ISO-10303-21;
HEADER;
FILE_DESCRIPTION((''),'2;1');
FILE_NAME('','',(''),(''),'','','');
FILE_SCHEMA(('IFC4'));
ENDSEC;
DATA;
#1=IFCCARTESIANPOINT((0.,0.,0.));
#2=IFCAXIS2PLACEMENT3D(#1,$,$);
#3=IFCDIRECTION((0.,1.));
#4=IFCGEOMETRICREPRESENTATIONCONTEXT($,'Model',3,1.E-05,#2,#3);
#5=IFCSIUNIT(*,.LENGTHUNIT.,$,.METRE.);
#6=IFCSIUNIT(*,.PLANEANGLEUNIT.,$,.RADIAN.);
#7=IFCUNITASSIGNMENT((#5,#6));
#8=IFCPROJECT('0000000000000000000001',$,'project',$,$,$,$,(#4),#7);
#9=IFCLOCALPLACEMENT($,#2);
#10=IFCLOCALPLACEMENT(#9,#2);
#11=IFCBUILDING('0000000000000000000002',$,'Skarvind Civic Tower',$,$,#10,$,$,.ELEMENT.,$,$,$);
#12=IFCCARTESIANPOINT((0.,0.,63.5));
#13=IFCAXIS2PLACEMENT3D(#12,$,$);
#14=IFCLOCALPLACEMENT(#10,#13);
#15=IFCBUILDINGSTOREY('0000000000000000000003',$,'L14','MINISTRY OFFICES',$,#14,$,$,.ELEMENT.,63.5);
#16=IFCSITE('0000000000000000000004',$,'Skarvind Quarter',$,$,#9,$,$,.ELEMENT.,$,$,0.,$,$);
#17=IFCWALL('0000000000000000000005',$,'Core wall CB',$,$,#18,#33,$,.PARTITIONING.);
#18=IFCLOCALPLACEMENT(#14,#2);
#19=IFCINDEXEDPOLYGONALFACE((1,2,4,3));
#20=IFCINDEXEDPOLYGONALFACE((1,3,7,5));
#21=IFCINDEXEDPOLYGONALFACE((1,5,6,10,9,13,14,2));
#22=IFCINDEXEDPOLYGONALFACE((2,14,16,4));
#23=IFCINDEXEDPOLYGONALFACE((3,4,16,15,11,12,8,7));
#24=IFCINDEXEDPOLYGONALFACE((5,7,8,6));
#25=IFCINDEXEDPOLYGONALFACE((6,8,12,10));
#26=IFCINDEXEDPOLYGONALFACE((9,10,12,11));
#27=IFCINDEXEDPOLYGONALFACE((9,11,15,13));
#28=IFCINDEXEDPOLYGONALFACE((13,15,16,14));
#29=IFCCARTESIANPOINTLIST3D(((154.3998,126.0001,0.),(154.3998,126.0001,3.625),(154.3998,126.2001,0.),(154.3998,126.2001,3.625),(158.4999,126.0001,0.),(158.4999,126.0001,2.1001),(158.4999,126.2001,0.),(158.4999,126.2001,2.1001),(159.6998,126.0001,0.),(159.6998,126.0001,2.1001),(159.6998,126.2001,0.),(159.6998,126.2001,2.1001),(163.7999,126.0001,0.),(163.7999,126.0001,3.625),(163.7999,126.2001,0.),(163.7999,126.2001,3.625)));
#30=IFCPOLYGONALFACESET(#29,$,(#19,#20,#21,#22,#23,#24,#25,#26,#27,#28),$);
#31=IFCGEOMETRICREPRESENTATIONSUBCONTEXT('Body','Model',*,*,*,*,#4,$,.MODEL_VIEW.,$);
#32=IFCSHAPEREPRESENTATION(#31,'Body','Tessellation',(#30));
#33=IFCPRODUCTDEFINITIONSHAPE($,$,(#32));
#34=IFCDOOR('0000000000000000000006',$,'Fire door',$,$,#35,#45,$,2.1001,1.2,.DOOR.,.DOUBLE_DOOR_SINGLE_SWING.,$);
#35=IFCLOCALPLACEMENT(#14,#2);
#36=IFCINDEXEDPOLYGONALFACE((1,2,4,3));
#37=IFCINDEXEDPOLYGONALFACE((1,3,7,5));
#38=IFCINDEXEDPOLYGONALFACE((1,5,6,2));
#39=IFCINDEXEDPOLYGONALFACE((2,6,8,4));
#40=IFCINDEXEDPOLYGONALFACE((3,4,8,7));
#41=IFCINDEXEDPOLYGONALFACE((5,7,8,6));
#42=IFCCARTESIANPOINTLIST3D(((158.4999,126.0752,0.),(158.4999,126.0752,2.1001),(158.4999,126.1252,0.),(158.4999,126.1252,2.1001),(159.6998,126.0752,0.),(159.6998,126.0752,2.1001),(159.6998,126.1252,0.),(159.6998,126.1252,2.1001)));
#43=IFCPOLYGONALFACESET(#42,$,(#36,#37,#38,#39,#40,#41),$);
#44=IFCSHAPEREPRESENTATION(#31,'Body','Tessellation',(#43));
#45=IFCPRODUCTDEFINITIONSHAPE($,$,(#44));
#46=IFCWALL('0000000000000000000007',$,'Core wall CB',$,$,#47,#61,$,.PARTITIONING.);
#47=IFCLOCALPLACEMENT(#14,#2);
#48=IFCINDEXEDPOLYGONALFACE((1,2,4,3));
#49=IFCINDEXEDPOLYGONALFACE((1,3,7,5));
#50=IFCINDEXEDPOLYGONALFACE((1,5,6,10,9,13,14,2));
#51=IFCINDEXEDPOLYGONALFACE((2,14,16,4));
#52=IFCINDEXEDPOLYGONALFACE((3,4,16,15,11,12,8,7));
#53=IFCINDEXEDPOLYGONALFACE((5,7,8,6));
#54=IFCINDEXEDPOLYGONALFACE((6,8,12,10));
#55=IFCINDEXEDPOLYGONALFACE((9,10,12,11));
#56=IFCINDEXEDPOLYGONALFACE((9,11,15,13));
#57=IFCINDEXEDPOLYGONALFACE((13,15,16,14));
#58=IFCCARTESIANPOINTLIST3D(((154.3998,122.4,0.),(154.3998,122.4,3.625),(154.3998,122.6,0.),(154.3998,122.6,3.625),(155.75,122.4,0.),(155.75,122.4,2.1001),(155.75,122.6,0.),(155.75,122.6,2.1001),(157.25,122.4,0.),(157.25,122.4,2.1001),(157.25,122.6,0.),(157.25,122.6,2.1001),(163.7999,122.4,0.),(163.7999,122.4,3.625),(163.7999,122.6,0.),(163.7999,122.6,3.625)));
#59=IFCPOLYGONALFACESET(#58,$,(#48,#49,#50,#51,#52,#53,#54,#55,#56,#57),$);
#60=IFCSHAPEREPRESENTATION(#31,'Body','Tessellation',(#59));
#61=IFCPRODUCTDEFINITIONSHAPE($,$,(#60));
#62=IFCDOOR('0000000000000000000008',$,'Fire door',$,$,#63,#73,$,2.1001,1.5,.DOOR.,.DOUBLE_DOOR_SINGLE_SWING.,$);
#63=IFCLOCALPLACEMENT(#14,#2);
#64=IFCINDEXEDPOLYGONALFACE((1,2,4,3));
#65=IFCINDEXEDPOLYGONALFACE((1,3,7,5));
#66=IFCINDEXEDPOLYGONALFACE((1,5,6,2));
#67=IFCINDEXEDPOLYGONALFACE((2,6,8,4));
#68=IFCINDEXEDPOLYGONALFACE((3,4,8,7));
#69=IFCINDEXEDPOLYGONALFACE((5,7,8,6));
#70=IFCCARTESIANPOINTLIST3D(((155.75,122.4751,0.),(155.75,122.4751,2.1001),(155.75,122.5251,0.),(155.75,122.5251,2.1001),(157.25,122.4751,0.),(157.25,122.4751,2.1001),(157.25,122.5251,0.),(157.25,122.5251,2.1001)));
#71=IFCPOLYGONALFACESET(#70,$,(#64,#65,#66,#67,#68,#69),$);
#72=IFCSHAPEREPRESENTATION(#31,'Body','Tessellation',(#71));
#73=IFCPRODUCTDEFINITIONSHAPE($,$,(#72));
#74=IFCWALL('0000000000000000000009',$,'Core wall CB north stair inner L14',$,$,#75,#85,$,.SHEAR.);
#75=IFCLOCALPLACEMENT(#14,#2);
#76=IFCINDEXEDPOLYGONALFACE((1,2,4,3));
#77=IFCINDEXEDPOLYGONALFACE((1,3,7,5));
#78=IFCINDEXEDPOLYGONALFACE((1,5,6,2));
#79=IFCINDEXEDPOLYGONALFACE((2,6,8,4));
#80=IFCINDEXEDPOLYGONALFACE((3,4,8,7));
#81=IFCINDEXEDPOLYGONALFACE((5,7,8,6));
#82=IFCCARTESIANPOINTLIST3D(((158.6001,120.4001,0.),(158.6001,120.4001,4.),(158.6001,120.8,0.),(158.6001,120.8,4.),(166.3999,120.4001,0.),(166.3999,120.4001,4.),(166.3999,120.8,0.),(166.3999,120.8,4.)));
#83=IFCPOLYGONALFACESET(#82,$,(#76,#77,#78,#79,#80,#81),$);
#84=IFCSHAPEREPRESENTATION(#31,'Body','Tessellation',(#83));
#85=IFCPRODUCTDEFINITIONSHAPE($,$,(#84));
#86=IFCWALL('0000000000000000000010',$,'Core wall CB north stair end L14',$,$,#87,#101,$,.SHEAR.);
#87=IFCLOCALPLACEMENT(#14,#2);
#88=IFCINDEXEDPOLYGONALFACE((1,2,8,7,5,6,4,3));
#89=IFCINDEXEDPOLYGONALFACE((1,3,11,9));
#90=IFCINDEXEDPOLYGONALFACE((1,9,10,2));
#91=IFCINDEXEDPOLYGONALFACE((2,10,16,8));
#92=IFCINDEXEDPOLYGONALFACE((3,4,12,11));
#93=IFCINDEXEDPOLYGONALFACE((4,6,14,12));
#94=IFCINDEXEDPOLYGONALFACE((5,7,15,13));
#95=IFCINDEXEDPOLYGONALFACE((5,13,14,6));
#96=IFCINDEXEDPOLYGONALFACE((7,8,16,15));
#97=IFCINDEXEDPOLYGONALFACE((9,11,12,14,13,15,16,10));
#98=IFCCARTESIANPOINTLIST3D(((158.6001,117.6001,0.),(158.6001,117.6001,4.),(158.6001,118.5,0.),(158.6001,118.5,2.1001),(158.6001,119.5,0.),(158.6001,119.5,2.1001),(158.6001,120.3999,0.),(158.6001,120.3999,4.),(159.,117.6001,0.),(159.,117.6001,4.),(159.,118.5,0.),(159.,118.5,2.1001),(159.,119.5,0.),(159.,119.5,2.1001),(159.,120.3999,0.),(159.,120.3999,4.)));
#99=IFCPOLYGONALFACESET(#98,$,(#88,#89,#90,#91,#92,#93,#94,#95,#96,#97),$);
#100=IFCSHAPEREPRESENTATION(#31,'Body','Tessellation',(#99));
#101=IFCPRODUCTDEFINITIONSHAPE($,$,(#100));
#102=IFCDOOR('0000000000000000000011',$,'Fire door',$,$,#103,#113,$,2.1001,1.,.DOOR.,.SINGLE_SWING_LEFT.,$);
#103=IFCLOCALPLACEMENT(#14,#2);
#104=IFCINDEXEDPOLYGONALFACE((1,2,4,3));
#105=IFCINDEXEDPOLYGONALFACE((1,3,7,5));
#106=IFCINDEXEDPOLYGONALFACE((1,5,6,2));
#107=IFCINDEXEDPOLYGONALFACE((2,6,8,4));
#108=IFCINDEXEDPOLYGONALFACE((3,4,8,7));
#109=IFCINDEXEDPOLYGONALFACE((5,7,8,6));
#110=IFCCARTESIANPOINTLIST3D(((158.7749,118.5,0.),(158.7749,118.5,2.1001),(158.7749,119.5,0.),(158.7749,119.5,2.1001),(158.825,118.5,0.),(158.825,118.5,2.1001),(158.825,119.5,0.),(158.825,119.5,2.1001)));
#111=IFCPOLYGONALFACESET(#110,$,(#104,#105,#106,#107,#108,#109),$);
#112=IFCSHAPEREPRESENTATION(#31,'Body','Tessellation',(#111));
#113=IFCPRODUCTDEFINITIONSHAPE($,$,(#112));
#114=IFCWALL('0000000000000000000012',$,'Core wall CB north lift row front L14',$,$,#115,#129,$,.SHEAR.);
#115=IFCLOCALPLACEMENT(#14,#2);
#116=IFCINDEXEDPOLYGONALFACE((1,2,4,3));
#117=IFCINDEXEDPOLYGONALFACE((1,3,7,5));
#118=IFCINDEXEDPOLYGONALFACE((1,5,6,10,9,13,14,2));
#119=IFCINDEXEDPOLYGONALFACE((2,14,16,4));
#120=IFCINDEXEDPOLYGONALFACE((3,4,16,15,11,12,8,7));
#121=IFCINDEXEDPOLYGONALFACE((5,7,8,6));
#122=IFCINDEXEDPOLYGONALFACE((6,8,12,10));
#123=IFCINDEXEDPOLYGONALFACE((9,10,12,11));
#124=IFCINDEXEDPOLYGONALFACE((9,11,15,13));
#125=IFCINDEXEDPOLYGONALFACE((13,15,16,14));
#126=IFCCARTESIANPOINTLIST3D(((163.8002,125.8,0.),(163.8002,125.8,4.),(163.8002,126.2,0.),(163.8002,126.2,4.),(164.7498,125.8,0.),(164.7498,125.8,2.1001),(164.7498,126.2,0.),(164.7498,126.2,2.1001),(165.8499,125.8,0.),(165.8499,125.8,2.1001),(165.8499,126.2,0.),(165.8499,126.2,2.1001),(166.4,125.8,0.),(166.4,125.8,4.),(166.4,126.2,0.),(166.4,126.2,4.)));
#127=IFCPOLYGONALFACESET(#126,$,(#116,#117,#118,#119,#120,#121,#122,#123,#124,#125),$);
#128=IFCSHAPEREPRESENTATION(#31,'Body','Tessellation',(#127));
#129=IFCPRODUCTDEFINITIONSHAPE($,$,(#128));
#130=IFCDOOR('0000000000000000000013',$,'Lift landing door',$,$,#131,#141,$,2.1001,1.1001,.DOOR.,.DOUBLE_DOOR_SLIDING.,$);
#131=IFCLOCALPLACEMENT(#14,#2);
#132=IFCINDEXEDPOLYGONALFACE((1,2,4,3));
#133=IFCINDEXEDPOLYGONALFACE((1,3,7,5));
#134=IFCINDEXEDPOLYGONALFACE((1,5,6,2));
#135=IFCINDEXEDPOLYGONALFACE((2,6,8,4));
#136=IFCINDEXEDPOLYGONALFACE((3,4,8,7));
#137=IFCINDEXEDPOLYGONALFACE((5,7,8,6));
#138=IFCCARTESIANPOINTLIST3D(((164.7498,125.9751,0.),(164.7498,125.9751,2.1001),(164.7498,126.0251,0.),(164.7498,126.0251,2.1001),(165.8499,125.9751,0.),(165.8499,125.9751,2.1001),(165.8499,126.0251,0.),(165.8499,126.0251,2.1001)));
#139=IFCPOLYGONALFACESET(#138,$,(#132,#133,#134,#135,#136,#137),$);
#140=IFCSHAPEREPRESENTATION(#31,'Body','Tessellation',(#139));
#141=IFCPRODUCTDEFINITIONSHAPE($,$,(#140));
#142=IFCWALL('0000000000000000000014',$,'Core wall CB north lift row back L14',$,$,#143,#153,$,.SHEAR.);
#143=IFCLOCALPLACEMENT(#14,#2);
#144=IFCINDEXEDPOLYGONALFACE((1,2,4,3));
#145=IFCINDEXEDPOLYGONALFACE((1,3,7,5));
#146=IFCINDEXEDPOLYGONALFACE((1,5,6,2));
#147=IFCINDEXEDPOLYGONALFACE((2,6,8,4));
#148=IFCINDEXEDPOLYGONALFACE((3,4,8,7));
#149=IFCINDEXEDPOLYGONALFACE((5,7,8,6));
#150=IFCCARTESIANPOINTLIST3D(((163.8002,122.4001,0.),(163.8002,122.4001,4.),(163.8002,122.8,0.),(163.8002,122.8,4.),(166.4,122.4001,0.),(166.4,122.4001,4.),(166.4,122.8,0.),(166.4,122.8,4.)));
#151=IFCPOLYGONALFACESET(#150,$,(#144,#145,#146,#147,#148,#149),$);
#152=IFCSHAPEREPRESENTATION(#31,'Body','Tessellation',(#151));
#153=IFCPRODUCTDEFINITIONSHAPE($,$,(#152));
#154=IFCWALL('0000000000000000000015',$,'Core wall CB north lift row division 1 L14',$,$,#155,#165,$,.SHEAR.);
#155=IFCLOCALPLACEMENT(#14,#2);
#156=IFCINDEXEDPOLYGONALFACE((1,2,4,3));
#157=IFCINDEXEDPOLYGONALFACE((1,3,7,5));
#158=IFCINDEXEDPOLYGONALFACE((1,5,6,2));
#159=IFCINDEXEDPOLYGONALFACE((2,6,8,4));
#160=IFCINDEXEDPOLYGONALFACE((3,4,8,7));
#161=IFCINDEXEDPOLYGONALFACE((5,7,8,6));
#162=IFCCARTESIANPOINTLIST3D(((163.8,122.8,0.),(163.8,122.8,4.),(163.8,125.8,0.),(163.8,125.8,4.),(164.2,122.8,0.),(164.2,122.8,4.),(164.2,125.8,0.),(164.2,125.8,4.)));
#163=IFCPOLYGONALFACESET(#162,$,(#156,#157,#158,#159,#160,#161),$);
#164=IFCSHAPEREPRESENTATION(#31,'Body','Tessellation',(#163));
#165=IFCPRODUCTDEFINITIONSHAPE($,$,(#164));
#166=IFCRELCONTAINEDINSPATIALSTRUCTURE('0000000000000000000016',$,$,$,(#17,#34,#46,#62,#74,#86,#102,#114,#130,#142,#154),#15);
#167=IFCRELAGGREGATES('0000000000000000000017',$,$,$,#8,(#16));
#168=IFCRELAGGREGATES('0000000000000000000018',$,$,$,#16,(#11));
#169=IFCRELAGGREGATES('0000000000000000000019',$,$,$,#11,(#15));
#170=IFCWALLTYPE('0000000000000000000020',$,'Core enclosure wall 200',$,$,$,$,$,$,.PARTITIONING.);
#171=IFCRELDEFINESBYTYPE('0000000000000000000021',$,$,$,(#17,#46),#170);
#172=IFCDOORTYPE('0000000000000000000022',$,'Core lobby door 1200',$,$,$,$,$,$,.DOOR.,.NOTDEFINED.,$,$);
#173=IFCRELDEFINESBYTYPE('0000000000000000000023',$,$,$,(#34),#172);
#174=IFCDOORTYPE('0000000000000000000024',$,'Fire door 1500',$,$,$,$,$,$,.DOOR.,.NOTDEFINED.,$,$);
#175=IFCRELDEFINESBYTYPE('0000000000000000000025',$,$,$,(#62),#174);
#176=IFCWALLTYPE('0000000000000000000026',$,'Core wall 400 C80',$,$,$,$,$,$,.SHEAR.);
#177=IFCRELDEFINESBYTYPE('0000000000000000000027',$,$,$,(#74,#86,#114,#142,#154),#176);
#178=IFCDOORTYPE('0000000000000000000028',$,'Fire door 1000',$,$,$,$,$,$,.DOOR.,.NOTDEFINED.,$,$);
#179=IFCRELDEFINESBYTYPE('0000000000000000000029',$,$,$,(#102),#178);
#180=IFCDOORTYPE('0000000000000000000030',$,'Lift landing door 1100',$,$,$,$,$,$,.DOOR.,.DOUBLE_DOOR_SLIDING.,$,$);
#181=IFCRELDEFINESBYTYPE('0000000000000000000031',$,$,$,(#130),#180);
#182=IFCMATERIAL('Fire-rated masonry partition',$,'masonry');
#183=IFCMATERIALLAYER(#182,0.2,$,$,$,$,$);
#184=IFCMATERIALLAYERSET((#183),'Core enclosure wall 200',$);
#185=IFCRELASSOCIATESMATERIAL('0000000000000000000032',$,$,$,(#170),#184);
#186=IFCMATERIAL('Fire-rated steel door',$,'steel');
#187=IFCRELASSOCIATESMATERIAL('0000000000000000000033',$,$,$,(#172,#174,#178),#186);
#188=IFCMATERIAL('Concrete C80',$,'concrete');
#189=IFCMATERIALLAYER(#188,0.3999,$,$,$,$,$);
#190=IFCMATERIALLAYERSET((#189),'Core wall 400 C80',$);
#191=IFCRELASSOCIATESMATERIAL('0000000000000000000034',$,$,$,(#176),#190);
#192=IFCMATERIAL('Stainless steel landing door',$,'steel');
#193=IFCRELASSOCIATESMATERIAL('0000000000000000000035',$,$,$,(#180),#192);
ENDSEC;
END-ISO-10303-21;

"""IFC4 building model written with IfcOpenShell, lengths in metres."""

from ifc_helpers import new_model, si_unit, direction, frame, frame_2d, origin, place, context, subcontext, project, spatial, rectangle, extrude, material, layer, layer_set, type_object, element, fill, save


model = new_model("IFC4")

# Units and contexts
model_context = context("Model", 3, precision=1e-05, world=origin(), true_north=direction((0.0, 1.0)))
body_context = subcontext(model_context, "Body", "Model", "MODEL_VIEW")
ifc_project = project(units=[si_unit("LENGTHUNIT", "METRE"), si_unit("PLANEANGLEUNIT", "RADIAN")], contexts=[model_context])

# Site, building, storey
site_placement = place(None, origin())
site = spatial("IfcSite", under=ifc_project, at=site_placement, Name="Skarvind Quarter", CompositionType="ELEMENT", RefElevation=0.0)
building_placement = place(site_placement, origin())
building = spatial("IfcBuilding", under=site, at=building_placement, Name="Skarvind Civic Tower", CompositionType="ELEMENT")
storey_placement = place(building_placement, frame((0.0, 0.0, 63.5)))
storey = spatial("IfcBuildingStorey", under=building, at=storey_placement, Name="L14", Description="MINISTRY OFFICES", CompositionType="ELEMENT", Elevation=63.5)

# Walls, openings, doors
ifc_material_1 = material(Name="Fire-rated masonry partition", Category="masonry")
ifc_layer_1 = layer(ifc_material_1, 0.2)
ifc_layer_set_1 = layer_set([ifc_layer_1], Name="Core enclosure wall 200")
wall_type_1 = type_object("IfcWallType", Name="Core enclosure wall 200", PredefinedType="PARTITIONING", material=ifc_layer_set_1)
wall_1_placement = place(storey_placement, frame((163.8, 126.1001, 0.0), z_axis=(0.0, 0.0, 1.0), x_axis=(-1.0, 0.0, 0.0)))
wall_1 = element("IfcWall", 1, at=wall_1_placement, inside=storey, type_object=wall_type_1, Name="Core wall CB", PredefinedType="PARTITIONING", context=body_context, shape_type="SweptSolid", body=[
    extrude(rectangle(XDim=9.4001, YDim=0.2, at=frame_2d((4.7002, 0.0))), origin(), (0.0, 0.0, 1.0), 3.625),
])
opening_1_placement = place(wall_1_placement, frame((4.1001, 0.0, 0.0)))
opening_1 = element("IfcOpeningElement", 2, at=opening_1_placement, cuts=wall_1, PredefinedType="OPENING", context=body_context, shape_type="SweptSolid", body=[
    extrude(rectangle(XDim=1.2, YDim=2.1001, at=frame_2d((0.6001, 1.05))), frame((0.0, 0.1099, 0.0), z_axis=(0.0, -1.0, 0.0), x_axis=(1.0, 0.0, 0.0)), (0.0, 0.0, 1.0), 0.22),
])
ifc_material_2 = material(Name="Fire-rated steel door", Category="steel")
door_type_1 = type_object("IfcDoorType", Name="Core lobby door 1200", OperationType="NOTDEFINED", PredefinedType="DOOR", material=ifc_material_2)
door_1_placement = place(opening_1_placement, origin())
door_1 = element("IfcDoor", 3, at=door_1_placement, inside=storey, type_object=door_type_1, Name="Fire door", OperationType="DOUBLE_DOOR_SINGLE_SWING", OverallHeight=2.1001, OverallWidth=1.2, PredefinedType="DOOR", context=body_context, shape_type="SweptSolid", body=[
    extrude(rectangle(XDim=1.2, YDim=2.1001, at=frame_2d((0.6001, 1.05))), frame((0.0, 0.0249, 0.0), z_axis=(0.0, -1.0, 0.0), x_axis=(1.0, 0.0, 0.0)), (0.0, 0.0, 1.0), 0.05),
])
fill(opening_1, door_1)
wall_2_placement = place(storey_placement, frame((163.8, 122.5, 0.0), z_axis=(0.0, 0.0, 1.0), x_axis=(-1.0, 0.0, 0.0)))
wall_2 = element("IfcWall", 4, at=wall_2_placement, inside=storey, type_object=wall_type_1, Name="Core wall CB", PredefinedType="PARTITIONING", context=body_context, shape_type="SweptSolid", body=[
    extrude(rectangle(XDim=9.4001, YDim=0.2, at=frame_2d((4.7002, 0.0))), origin(), (0.0, 0.0, 1.0), 3.625),
])
opening_2_placement = place(wall_2_placement, frame((6.55, 0.0, 0.0)))
opening_2 = element("IfcOpeningElement", 5, at=opening_2_placement, cuts=wall_2, PredefinedType="OPENING", context=body_context, shape_type="SweptSolid", body=[
    extrude(rectangle(XDim=1.5, YDim=2.1001, at=frame_2d((0.75, 1.05))), frame((0.0, 0.1099, 0.0), z_axis=(0.0, -1.0, 0.0), x_axis=(1.0, 0.0, 0.0)), (0.0, 0.0, 1.0), 0.22),
])
door_type_2 = type_object("IfcDoorType", Name="Fire door 1500", OperationType="NOTDEFINED", PredefinedType="DOOR", material=ifc_material_2)
door_2_placement = place(opening_2_placement, origin())
door_2 = element("IfcDoor", 6, at=door_2_placement, inside=storey, type_object=door_type_2, Name="Fire door", OperationType="DOUBLE_DOOR_SINGLE_SWING", OverallHeight=2.1001, OverallWidth=1.5, PredefinedType="DOOR", context=body_context, shape_type="SweptSolid", body=[
    extrude(rectangle(XDim=1.5, YDim=2.1001, at=frame_2d((0.75, 1.05))), frame((0.0, 0.0249, 0.0), z_axis=(0.0, -1.0, 0.0), x_axis=(1.0, 0.0, 0.0)), (0.0, 0.0, 1.0), 0.05),
])
fill(opening_2, door_2)

# Wall
ifc_material_3 = material(Name="Concrete C80", Category="concrete")
ifc_layer_2 = layer(ifc_material_3, 0.3999)
ifc_layer_set_2 = layer_set([ifc_layer_2], Name="Core wall 400 C80")
wall_type_2 = type_object("IfcWallType", Name="Core wall 400 C80", PredefinedType="SHEAR", material=ifc_layer_set_2)
wall_3_placement = place(storey_placement, frame((166.3999, 120.6001, 0.0), z_axis=(0.0, 0.0, 1.0), x_axis=(-1.0, 0.0, 0.0)))
element("IfcWall", 7, at=wall_3_placement, inside=storey, type_object=wall_type_2, Name="Core wall CB north stair inner L14", PredefinedType="SHEAR", context=body_context, shape_type="SweptSolid", body=[
    extrude(rectangle(XDim=7.7998, YDim=0.3999, at=frame_2d((3.8999, 0.0))), origin(), (0.0, 0.0, 1.0), 4.0),
])

# Walls, openings, doors
wall_4_placement = place(storey_placement, frame((158.8, 120.3999, 0.0), z_axis=(0.0, 0.0, 1.0), x_axis=(0.0, -1.0, 0.0)))
wall_4 = element("IfcWall", 8, at=wall_4_placement, inside=storey, type_object=wall_type_2, Name="Core wall CB north stair end L14", PredefinedType="SHEAR", context=body_context, shape_type="SweptSolid", body=[
    extrude(rectangle(XDim=2.7998, YDim=0.3999, at=frame_2d((1.3999, 0.0))), origin(), (0.0, 0.0, 1.0), 4.0),
])
opening_3_placement = place(wall_4_placement, frame((0.8999, 0.0, 0.0)))
opening_3 = element("IfcOpeningElement", 9, at=opening_3_placement, cuts=wall_4, PredefinedType="OPENING", context=body_context, shape_type="SweptSolid", body=[
    extrude(rectangle(XDim=1.0, YDim=2.1001, at=frame_2d((0.5, 1.05))), frame((0.0, 0.21, 0.0), z_axis=(0.0, -1.0, 0.0), x_axis=(1.0, 0.0, 0.0)), (0.0, 0.0, 1.0), 0.4199),
])
door_type_3 = type_object("IfcDoorType", Name="Fire door 1000", OperationType="NOTDEFINED", PredefinedType="DOOR", material=ifc_material_2)
door_3_placement = place(opening_3_placement, origin())
door_3 = element("IfcDoor", 10, at=door_3_placement, inside=storey, type_object=door_type_3, Name="Fire door", OperationType="SINGLE_SWING_LEFT", OverallHeight=2.1001, OverallWidth=1.0, PredefinedType="DOOR", context=body_context, shape_type="SweptSolid", body=[
    extrude(rectangle(XDim=1.0, YDim=2.1001, at=frame_2d((0.5, 1.05))), frame((0.0, 0.0249, 0.0), z_axis=(0.0, -1.0, 0.0), x_axis=(1.0, 0.0, 0.0)), (0.0, 0.0, 1.0), 0.05),
])
fill(opening_3, door_3)
wall_5_placement = place(storey_placement, frame((166.3999, 126.0, 0.0), z_axis=(0.0, 0.0, 1.0), x_axis=(-1.0, 0.0, 0.0)))
wall_5 = element("IfcWall", 11, at=wall_5_placement, inside=storey, type_object=wall_type_2, Name="Core wall CB north lift row front L14", PredefinedType="SHEAR", context=body_context, shape_type="SweptSolid", body=[
    extrude(rectangle(XDim=2.5999, YDim=0.3999, at=frame_2d((1.2998, 0.0))), origin(), (0.0, 0.0, 1.0), 4.0),
])
opening_4_placement = place(wall_5_placement, frame((0.55, 0.0, 0.0)))
opening_4 = element("IfcOpeningElement", 12, at=opening_4_placement, cuts=wall_5, PredefinedType="OPENING", context=body_context, shape_type="SweptSolid", body=[
    extrude(rectangle(XDim=1.1001, YDim=2.1001, at=frame_2d((0.55, 1.05))), frame((0.0, 0.21, 0.0), z_axis=(0.0, -1.0, 0.0), x_axis=(1.0, 0.0, 0.0)), (0.0, 0.0, 1.0), 0.4199),
])
ifc_material_4 = material(Name="Stainless steel landing door", Category="steel")
door_type_4 = type_object("IfcDoorType", Name="Lift landing door 1100", OperationType="DOUBLE_DOOR_SLIDING", PredefinedType="DOOR", material=ifc_material_4)
door_4_placement = place(opening_4_placement, origin())
door_4 = element("IfcDoor", 13, at=door_4_placement, inside=storey, type_object=door_type_4, Name="Lift landing door", OperationType="DOUBLE_DOOR_SLIDING", OverallHeight=2.1001, OverallWidth=1.1001, PredefinedType="DOOR", context=body_context, shape_type="SweptSolid", body=[
    extrude(rectangle(XDim=1.1001, YDim=2.1001, at=frame_2d((0.55, 1.05))), frame((0.0, 0.0249, 0.0), z_axis=(0.0, -1.0, 0.0), x_axis=(1.0, 0.0, 0.0)), (0.0, 0.0, 1.0), 0.05),
])
fill(opening_4, door_4)

# Walls
wall_6_placement = place(storey_placement, frame((166.3999, 122.6001, 0.0), z_axis=(0.0, 0.0, 1.0), x_axis=(-1.0, 0.0, 0.0)))
element("IfcWall", 14, at=wall_6_placement, inside=storey, type_object=wall_type_2, Name="Core wall CB north lift row back L14", PredefinedType="SHEAR", context=body_context, shape_type="SweptSolid", body=[
    extrude(rectangle(XDim=2.5999, YDim=0.3999, at=frame_2d((1.2998, 0.0))), origin(), (0.0, 0.0, 1.0), 4.0),
])
wall_7_placement = place(storey_placement, frame((164.0, 125.8, 0.0), z_axis=(0.0, 0.0, 1.0), x_axis=(0.0, -1.0, 0.0)))
element("IfcWall", 15, at=wall_7_placement, inside=storey, type_object=wall_type_2, Name="Core wall CB north lift row division 1 L14", PredefinedType="SHEAR", context=body_context, shape_type="SweptSolid", body=[
    extrude(rectangle(XDim=3.0, YDim=0.3999, at=frame_2d((1.5, 0.0))), origin(), (0.0, 0.0, 1.0), 4.0),
])

save(model, "model.ifc")
